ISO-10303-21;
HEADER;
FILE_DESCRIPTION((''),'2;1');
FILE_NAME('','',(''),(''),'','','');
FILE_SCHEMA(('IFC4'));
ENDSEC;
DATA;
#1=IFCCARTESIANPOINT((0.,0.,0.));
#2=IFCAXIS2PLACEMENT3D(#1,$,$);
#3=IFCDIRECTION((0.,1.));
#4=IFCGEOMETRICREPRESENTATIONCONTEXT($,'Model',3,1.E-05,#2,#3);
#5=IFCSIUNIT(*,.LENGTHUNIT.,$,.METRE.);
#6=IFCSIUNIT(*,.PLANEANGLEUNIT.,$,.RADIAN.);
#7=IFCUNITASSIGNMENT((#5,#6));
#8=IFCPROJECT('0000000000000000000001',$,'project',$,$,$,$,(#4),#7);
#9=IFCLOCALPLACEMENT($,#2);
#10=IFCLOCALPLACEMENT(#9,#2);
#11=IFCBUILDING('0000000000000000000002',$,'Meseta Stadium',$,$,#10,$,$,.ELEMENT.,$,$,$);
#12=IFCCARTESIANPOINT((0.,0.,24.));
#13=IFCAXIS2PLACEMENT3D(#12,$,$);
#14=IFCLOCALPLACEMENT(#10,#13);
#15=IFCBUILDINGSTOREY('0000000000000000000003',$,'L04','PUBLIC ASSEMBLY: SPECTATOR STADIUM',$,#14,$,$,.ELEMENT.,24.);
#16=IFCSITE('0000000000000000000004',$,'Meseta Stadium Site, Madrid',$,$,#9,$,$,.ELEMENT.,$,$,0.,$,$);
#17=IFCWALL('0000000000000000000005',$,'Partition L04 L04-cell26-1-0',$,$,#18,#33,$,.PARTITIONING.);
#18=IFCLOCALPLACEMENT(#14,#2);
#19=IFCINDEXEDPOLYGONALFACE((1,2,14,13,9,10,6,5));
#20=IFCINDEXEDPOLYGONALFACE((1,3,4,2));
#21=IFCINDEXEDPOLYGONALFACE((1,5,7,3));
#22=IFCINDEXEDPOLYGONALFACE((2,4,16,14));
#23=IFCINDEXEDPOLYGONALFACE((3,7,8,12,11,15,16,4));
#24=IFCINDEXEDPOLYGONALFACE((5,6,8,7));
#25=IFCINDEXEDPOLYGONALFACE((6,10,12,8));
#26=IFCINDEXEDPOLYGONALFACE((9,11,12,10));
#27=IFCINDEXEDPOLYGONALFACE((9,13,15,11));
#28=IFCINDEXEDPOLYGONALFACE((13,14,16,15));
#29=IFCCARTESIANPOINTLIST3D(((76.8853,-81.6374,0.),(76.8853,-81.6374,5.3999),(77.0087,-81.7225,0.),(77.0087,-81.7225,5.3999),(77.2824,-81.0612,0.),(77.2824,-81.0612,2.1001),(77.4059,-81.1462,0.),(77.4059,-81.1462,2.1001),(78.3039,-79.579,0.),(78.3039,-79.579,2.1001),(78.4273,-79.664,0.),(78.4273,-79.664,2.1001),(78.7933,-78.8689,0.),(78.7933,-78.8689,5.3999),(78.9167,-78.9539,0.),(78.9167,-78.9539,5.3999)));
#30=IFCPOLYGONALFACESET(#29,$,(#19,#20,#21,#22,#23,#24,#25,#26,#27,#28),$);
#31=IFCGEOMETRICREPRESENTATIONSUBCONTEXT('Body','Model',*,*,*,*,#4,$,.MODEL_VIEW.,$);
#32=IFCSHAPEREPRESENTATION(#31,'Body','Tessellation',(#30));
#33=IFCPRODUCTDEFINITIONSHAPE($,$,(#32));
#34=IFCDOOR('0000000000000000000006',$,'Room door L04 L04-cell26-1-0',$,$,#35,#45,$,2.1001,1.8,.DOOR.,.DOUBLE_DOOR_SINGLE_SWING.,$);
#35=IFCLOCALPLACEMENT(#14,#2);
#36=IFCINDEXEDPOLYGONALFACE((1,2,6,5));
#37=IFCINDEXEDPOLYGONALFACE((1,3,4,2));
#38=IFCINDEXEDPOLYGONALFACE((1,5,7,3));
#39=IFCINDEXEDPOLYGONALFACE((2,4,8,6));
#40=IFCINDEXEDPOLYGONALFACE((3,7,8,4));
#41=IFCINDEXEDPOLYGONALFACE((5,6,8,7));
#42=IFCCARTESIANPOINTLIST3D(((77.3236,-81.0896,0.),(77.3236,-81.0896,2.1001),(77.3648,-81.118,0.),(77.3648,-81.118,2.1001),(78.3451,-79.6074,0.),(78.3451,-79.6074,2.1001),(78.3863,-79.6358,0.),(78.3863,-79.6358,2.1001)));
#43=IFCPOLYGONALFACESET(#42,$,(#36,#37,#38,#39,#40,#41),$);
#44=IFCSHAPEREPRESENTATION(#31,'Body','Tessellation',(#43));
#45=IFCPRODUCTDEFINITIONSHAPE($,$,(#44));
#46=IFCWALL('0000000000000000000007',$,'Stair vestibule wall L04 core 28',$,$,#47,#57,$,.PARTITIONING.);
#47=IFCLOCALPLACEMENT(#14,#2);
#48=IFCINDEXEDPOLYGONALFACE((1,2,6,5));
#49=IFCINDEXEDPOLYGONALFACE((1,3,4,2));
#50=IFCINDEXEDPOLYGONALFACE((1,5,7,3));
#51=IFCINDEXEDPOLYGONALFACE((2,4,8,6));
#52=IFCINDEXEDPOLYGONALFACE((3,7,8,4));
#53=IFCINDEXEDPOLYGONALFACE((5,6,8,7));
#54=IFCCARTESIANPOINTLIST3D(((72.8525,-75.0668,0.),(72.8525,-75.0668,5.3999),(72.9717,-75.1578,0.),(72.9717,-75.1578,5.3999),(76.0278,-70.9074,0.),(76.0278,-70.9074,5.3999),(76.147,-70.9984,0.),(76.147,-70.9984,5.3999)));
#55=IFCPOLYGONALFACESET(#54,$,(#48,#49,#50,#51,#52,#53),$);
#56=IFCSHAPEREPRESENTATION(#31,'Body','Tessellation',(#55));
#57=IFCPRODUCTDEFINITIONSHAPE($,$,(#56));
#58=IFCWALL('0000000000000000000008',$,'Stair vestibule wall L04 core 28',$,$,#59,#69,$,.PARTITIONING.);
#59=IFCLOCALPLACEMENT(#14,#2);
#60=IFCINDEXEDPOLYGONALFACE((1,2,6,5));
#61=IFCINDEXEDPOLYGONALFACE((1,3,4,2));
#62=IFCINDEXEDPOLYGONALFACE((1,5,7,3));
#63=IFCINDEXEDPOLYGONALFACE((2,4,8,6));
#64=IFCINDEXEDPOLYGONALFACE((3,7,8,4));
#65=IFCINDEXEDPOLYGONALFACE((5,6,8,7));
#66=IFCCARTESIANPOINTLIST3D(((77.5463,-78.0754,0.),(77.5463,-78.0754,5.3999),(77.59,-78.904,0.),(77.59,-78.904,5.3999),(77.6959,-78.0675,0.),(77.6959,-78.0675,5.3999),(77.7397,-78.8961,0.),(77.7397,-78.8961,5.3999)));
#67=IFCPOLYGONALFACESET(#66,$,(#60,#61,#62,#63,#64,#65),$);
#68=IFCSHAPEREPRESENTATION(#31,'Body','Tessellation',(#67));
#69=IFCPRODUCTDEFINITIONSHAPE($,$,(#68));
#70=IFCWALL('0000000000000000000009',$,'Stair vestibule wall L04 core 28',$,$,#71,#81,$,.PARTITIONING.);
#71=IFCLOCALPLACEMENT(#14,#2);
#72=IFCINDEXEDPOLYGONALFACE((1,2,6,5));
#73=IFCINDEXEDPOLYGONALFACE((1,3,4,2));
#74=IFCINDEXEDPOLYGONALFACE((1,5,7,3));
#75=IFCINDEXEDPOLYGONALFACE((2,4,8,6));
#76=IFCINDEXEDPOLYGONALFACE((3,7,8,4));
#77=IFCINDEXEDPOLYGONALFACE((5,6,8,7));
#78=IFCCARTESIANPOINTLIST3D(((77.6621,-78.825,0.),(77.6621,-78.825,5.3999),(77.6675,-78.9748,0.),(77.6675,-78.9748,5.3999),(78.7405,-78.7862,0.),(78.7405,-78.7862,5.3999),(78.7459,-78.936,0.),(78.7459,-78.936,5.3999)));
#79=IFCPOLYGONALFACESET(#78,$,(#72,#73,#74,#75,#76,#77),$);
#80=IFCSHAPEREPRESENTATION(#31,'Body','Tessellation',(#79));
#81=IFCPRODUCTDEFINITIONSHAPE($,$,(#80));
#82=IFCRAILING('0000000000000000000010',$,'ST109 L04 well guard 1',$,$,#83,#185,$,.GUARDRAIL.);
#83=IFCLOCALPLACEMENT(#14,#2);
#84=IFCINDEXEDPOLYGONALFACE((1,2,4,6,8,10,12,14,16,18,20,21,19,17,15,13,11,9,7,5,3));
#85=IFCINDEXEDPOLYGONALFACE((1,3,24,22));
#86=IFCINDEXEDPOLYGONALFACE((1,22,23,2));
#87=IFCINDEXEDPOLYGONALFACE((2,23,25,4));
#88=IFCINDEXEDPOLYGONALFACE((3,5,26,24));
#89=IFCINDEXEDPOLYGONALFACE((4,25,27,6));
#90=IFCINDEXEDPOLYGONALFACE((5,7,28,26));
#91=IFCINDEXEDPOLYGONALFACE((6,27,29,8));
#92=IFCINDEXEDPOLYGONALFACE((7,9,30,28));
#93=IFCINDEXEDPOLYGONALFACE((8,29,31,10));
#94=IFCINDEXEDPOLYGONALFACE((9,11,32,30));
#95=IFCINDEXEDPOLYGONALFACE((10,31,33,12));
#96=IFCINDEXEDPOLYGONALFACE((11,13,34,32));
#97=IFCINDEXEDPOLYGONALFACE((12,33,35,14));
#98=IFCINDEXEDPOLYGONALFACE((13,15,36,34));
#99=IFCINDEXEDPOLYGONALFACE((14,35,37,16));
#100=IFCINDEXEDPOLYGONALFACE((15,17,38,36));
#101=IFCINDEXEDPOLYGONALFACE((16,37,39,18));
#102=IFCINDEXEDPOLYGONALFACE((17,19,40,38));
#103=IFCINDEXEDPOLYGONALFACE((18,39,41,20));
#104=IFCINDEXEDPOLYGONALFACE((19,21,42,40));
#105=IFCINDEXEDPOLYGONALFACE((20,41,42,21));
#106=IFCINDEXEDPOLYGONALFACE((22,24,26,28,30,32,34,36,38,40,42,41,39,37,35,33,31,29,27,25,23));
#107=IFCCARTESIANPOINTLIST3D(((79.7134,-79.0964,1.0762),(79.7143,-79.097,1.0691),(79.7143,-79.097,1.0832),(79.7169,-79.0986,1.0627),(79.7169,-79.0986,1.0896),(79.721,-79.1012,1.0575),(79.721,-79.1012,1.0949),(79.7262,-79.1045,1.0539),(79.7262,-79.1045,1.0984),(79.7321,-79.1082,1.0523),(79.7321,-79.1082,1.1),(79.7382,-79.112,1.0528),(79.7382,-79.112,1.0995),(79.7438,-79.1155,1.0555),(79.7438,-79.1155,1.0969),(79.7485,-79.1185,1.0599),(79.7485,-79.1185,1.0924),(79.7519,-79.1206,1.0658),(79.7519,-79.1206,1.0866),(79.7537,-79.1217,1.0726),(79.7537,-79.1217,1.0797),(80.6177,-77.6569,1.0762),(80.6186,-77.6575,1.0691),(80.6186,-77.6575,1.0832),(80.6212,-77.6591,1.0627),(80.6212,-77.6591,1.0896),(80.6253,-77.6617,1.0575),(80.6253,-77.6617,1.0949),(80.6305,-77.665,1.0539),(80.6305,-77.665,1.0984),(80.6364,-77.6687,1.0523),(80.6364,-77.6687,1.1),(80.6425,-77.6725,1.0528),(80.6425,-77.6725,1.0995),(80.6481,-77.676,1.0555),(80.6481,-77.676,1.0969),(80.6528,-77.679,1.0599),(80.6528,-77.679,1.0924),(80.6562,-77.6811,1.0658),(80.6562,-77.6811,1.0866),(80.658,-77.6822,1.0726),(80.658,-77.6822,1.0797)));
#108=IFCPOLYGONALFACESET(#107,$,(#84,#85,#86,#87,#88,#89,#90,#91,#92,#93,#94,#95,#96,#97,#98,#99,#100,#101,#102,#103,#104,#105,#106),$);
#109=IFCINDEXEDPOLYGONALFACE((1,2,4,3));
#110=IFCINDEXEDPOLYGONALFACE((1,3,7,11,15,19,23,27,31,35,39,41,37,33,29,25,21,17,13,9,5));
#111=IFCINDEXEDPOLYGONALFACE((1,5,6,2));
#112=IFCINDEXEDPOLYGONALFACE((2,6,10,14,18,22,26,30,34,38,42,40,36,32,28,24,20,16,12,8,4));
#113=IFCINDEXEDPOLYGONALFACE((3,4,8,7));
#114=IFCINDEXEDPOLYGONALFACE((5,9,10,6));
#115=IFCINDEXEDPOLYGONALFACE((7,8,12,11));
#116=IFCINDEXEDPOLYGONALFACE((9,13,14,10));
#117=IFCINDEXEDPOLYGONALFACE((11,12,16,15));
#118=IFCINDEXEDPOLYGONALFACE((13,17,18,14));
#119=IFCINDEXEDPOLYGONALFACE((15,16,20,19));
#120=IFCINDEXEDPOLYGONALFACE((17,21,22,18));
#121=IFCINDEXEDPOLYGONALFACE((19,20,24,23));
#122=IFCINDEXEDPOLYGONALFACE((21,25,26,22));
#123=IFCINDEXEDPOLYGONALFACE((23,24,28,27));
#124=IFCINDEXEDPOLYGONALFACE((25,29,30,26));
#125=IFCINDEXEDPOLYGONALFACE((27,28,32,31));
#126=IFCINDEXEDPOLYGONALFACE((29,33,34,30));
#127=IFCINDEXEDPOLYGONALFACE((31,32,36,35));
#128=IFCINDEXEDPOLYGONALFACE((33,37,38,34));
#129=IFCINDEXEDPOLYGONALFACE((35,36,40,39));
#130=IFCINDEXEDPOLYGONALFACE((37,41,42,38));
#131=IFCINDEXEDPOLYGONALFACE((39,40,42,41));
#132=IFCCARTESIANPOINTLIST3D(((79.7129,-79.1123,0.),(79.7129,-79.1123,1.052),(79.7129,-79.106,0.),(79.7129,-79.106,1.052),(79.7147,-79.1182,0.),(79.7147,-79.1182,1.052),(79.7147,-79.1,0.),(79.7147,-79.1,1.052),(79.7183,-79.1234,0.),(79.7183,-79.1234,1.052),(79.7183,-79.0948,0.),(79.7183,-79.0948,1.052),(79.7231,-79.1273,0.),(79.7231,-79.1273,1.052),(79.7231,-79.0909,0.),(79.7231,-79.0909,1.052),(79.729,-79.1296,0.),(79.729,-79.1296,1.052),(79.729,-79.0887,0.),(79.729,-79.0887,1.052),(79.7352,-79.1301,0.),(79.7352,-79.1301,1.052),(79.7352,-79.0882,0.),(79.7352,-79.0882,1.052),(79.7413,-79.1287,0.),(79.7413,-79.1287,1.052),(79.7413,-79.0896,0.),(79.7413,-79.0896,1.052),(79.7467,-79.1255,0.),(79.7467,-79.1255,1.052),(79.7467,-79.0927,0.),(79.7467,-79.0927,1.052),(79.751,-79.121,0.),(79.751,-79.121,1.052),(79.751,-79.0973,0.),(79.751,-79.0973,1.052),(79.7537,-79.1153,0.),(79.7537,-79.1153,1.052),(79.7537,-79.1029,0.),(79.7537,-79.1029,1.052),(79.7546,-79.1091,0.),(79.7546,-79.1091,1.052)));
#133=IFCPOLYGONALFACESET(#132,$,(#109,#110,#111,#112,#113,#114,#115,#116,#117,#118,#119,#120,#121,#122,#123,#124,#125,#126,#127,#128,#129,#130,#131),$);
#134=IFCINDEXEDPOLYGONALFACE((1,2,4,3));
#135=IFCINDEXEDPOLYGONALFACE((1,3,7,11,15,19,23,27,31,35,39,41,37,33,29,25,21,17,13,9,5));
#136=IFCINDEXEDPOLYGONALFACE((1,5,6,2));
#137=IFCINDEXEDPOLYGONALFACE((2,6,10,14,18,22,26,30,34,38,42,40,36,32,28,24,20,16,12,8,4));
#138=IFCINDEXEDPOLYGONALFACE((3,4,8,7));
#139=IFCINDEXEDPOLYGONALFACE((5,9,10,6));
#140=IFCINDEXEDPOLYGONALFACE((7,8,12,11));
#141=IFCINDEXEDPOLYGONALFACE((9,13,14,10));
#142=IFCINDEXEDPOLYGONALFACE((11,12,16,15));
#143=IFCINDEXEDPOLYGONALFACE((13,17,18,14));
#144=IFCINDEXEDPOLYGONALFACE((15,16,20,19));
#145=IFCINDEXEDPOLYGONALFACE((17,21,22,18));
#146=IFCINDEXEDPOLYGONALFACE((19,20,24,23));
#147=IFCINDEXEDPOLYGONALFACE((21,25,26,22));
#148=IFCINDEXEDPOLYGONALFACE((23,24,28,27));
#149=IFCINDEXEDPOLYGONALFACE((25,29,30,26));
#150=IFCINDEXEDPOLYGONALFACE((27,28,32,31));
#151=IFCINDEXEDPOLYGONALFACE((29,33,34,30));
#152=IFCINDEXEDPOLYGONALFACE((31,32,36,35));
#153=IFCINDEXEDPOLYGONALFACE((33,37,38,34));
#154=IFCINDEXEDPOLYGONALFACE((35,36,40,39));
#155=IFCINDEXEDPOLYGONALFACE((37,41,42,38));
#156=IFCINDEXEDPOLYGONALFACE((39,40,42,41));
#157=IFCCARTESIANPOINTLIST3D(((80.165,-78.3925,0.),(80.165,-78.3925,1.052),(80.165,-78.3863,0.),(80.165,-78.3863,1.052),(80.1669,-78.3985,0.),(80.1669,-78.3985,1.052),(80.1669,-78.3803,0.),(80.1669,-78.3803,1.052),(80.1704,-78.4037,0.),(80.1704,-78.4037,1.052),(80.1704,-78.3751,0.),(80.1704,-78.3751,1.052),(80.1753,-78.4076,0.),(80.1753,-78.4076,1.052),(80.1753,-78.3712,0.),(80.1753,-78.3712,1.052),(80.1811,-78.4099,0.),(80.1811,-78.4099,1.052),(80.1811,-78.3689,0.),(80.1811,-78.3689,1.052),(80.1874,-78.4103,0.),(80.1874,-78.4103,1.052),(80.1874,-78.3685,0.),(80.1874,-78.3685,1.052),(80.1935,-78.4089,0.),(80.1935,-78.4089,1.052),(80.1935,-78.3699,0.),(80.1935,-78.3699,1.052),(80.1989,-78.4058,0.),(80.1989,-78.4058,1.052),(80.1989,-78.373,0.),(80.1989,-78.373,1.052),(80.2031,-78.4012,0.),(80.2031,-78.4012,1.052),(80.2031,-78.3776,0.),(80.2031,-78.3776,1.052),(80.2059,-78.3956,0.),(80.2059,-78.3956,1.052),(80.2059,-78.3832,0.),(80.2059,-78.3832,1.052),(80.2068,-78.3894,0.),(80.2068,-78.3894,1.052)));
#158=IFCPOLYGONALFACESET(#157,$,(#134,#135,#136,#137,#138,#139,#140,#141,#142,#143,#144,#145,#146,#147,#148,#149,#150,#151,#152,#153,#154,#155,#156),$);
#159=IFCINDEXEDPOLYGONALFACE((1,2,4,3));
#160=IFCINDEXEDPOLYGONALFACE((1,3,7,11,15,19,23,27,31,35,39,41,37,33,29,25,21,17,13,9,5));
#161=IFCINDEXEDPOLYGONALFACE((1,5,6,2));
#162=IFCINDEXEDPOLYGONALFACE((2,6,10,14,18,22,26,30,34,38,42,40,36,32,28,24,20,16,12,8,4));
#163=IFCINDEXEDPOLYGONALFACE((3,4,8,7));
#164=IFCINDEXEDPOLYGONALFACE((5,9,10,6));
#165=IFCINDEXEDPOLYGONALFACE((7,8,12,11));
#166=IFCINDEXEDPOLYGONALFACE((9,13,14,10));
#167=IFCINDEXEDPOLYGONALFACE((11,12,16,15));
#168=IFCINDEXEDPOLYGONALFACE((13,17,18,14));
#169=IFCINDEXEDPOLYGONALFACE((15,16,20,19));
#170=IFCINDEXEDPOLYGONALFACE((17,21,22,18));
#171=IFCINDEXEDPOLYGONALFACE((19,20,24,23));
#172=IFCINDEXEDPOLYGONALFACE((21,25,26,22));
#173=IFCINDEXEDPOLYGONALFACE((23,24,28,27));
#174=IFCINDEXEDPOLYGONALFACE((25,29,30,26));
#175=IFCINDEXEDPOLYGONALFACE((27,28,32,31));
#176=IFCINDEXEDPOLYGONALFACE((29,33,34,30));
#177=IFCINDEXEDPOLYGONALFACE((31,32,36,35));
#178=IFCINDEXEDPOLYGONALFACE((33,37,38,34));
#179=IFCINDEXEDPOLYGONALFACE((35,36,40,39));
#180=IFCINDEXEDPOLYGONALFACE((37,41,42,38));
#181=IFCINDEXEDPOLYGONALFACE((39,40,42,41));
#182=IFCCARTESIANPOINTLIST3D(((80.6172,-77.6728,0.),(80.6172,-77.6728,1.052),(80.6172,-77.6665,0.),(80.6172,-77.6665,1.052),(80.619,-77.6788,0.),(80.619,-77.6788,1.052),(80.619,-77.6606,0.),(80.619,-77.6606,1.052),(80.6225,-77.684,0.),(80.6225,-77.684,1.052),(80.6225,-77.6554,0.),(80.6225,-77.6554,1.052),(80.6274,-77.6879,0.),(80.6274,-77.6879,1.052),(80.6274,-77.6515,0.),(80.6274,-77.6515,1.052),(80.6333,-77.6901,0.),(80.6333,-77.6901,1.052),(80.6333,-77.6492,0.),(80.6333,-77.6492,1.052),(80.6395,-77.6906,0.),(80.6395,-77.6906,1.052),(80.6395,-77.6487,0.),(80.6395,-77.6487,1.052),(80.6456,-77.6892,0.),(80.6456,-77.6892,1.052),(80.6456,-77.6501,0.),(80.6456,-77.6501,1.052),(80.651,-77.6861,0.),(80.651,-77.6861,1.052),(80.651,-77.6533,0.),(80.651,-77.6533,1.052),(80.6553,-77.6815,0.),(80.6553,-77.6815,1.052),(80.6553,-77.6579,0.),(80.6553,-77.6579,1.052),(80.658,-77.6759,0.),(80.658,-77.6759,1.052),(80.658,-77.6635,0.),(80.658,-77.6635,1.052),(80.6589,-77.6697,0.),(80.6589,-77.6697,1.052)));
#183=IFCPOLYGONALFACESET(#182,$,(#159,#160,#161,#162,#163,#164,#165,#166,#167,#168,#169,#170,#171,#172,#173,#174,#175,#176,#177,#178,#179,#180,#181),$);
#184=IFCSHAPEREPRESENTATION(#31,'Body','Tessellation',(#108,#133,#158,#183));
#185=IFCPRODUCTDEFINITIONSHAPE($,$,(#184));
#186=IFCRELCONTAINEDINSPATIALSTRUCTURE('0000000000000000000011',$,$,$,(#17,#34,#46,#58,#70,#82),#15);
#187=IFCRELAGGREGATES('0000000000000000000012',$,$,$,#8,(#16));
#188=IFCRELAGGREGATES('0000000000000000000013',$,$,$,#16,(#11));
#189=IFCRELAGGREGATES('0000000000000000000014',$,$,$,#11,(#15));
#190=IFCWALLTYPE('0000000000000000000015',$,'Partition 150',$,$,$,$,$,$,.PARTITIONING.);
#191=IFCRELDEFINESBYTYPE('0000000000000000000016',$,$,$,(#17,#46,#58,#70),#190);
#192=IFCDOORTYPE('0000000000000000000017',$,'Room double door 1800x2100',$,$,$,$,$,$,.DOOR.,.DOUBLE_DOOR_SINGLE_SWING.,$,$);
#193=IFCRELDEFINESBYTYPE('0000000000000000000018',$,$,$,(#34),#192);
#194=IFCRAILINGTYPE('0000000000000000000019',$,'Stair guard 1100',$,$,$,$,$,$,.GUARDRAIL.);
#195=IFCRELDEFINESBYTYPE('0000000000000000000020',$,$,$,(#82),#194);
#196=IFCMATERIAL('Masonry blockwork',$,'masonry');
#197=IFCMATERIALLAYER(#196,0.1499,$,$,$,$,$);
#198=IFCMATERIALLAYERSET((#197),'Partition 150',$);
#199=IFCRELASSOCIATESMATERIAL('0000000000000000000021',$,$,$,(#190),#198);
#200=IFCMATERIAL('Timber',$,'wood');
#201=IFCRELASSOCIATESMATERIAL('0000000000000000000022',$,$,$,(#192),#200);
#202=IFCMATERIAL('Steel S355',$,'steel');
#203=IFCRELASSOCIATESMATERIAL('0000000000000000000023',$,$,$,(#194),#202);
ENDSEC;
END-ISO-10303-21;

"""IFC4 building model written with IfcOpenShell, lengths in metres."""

from ifc_helpers import new_model, si_unit, direction, frame, frame_2d, origin, origin_2d, place, context, subcontext, project, spatial, rectangle, circle, extrude, material, layer, layer_set, type_object, element, fill, save


model = new_model("IFC4")

# Units and contexts
model_context = context("Model", 3, precision=1e-05, world=origin(), true_north=direction((0.0, 1.0)))
body_context = subcontext(model_context, "Body", "Model", "MODEL_VIEW")
ifc_project = project(units=[si_unit("LENGTHUNIT", "METRE"), si_unit("PLANEANGLEUNIT", "RADIAN")], contexts=[model_context])

# Site, building, storey
site_placement = place(None, origin())
site = spatial("IfcSite", under=ifc_project, at=site_placement, Name="Meseta Stadium Site, Madrid", CompositionType="ELEMENT", RefElevation=0.0)
building_placement = place(site_placement, origin())
building = spatial("IfcBuilding", under=site, at=building_placement, Name="Meseta Stadium", CompositionType="ELEMENT")
storey_placement = place(building_placement, frame((0.0, 0.0, 24.0)))
storey = spatial("IfcBuildingStorey", under=building, at=storey_placement, Name="L04", Description="PUBLIC ASSEMBLY: SPECTATOR STADIUM", CompositionType="ELEMENT", Elevation=24.0)

# Shared definitions
ifc_material_1 = material(Name="Masonry blockwork", Category="masonry")
ifc_layer_1 = layer(ifc_material_1, 0.1499)
ifc_layer_set_1 = layer_set([ifc_layer_1], Name="Partition 150")
wall_type_1 = type_object("IfcWallType", Name="Partition 150", PredefinedType="PARTITIONING", material=ifc_layer_set_1)

# Wall, opening, door
wall_1_placement = place(storey_placement, frame((76.947, -81.6799, 0.0), z_axis=(0.0, 0.0, 1.0), x_axis=(0.567453, 0.823406, 0.0)))
wall_1 = element("IfcWall", 1, at=wall_1_placement, inside=storey, type_object=wall_type_1, Name="Partition L04 L04-cell26-1-0", PredefinedType="PARTITIONING", context=body_context, shape_type="SweptSolid", body=[
    extrude(rectangle(XDim=3.3623, YDim=0.1499, at=frame_2d((1.6812, 0.0))), origin(), (0.0, 0.0, 1.0), 5.3999),
])
opening_1_placement = place(wall_1_placement, frame((0.7, 0.0, 0.0)))
opening_1 = element("IfcOpeningElement", 2, at=opening_1_placement, cuts=wall_1, PredefinedType="OPENING", context=body_context, shape_type="SweptSolid", body=[
    extrude(rectangle(XDim=1.8, YDim=2.1001, at=frame_2d((0.8999, 1.05))), frame((0.0, 0.085, 0.0), z_axis=(0.0, -1.0, 0.0), x_axis=(1.0, 0.0, 0.0)), (0.0, 0.0, 1.0), 0.1699),
])
ifc_material_2 = material(Name="Timber", Category="wood")
door_type_1 = type_object("IfcDoorType", Name="Room double door 1800x2100", OperationType="DOUBLE_DOOR_SINGLE_SWING", PredefinedType="DOOR", material=ifc_material_2)
door_1_placement = place(opening_1_placement, origin())
door_1 = element("IfcDoor", 3, at=door_1_placement, inside=storey, type_object=door_type_1, Name="Room door L04 L04-cell26-1-0", OperationType="DOUBLE_DOOR_SINGLE_SWING", OverallHeight=2.1001, OverallWidth=1.8, PredefinedType="DOOR", context=body_context, shape_type="SweptSolid", body=[
    extrude(rectangle(XDim=1.8, YDim=2.1001, at=frame_2d((0.8999, 1.05))), frame((0.0, 0.0249, 0.0), z_axis=(0.0, -1.0, 0.0), x_axis=(1.0, 0.0, 0.0)), (0.0, 0.0, 1.0), 0.05),
])
fill(opening_1, door_1)

# Walls
wall_2_placement = place(storey_placement, frame((76.0874, -70.9529, 0.0), z_axis=(0.0, 0.0, 1.0), x_axis=(-0.606794, -0.794859, 0.0)))
element("IfcWall", 4, at=wall_2_placement, inside=storey, type_object=wall_type_1, Name="Stair vestibule wall L04 core 28", PredefinedType="PARTITIONING", context=body_context, shape_type="SweptSolid", body=[
    extrude(rectangle(XDim=5.2329, YDim=0.1499, at=frame_2d((2.6165, 0.0))), origin(), (0.0, 0.0, 1.0), 5.3999),
])
wall_3_placement = place(storey_placement, frame((77.6211, -78.0713, 0.0), z_axis=(0.0, 0.0, 1.0), x_axis=(0.052667, -0.998612, 0.0)))
element("IfcWall", 5, at=wall_3_placement, inside=storey, type_object=wall_type_1, Name="Stair vestibule wall L04 core 28", PredefinedType="PARTITIONING", context=body_context, shape_type="SweptSolid", body=[
    extrude(rectangle(XDim=0.8298, YDim=0.1499, at=frame_2d((0.415, 0.0))), origin(), (0.0, 0.0, 1.0), 5.3999),
])
wall_4_placement = place(storey_placement, frame((77.6648, -78.8999, 0.0), z_axis=(0.0, 0.0, 1.0), x_axis=(0.999353, 0.035974, 0.0)))
element("IfcWall", 6, at=wall_4_placement, inside=storey, type_object=wall_type_1, Name="Stair vestibule wall L04 core 28", PredefinedType="PARTITIONING", context=body_context, shape_type="SweptSolid", body=[
    extrude(rectangle(XDim=1.0791, YDim=0.1499, at=frame_2d((0.5396, 0.0))), origin(), (0.0, 0.0, 1.0), 5.3999),
])

# Railing
ifc_material_3 = material(Name="Steel S355", Category="steel")
railing_type_1 = type_object("IfcRailingType", Name="Stair guard 1100", PredefinedType="GUARDRAIL", material=ifc_material_3)
railing_1_placement = place(storey_placement, frame((79.7336, -79.1091, 0.0)))
element("IfcRailing", 7, at=railing_1_placement, inside=storey, type_object=railing_type_1, Name="ST109 L04 well guard 1", PredefinedType="GUARDRAIL", context=body_context, shape_type="SweptSolid", body=[
    extrude(circle(Radius=0.0239, at=origin_2d()), frame((0.0, 0.0, 1.0762), z_axis=(0.53196, 0.84677, 0.0), x_axis=(-0.84677, 0.53196, 0.0)), (0.0, 0.0, 1.0), 1.7),
    extrude(circle(Radius=0.021, at=origin_2d()), origin(), (0.0, 0.0, 1.0), 1.052),
    extrude(circle(Radius=0.021, at=origin_2d()), frame((0.4521, 0.7197, 0.0)), (0.0, 0.0, 1.0), 1.052),
    extrude(circle(Radius=0.021, at=origin_2d()), frame((0.9043, 1.4395, 0.0)), (0.0, 0.0, 1.0), 1.052),
])

save(model, "model.ifc")
